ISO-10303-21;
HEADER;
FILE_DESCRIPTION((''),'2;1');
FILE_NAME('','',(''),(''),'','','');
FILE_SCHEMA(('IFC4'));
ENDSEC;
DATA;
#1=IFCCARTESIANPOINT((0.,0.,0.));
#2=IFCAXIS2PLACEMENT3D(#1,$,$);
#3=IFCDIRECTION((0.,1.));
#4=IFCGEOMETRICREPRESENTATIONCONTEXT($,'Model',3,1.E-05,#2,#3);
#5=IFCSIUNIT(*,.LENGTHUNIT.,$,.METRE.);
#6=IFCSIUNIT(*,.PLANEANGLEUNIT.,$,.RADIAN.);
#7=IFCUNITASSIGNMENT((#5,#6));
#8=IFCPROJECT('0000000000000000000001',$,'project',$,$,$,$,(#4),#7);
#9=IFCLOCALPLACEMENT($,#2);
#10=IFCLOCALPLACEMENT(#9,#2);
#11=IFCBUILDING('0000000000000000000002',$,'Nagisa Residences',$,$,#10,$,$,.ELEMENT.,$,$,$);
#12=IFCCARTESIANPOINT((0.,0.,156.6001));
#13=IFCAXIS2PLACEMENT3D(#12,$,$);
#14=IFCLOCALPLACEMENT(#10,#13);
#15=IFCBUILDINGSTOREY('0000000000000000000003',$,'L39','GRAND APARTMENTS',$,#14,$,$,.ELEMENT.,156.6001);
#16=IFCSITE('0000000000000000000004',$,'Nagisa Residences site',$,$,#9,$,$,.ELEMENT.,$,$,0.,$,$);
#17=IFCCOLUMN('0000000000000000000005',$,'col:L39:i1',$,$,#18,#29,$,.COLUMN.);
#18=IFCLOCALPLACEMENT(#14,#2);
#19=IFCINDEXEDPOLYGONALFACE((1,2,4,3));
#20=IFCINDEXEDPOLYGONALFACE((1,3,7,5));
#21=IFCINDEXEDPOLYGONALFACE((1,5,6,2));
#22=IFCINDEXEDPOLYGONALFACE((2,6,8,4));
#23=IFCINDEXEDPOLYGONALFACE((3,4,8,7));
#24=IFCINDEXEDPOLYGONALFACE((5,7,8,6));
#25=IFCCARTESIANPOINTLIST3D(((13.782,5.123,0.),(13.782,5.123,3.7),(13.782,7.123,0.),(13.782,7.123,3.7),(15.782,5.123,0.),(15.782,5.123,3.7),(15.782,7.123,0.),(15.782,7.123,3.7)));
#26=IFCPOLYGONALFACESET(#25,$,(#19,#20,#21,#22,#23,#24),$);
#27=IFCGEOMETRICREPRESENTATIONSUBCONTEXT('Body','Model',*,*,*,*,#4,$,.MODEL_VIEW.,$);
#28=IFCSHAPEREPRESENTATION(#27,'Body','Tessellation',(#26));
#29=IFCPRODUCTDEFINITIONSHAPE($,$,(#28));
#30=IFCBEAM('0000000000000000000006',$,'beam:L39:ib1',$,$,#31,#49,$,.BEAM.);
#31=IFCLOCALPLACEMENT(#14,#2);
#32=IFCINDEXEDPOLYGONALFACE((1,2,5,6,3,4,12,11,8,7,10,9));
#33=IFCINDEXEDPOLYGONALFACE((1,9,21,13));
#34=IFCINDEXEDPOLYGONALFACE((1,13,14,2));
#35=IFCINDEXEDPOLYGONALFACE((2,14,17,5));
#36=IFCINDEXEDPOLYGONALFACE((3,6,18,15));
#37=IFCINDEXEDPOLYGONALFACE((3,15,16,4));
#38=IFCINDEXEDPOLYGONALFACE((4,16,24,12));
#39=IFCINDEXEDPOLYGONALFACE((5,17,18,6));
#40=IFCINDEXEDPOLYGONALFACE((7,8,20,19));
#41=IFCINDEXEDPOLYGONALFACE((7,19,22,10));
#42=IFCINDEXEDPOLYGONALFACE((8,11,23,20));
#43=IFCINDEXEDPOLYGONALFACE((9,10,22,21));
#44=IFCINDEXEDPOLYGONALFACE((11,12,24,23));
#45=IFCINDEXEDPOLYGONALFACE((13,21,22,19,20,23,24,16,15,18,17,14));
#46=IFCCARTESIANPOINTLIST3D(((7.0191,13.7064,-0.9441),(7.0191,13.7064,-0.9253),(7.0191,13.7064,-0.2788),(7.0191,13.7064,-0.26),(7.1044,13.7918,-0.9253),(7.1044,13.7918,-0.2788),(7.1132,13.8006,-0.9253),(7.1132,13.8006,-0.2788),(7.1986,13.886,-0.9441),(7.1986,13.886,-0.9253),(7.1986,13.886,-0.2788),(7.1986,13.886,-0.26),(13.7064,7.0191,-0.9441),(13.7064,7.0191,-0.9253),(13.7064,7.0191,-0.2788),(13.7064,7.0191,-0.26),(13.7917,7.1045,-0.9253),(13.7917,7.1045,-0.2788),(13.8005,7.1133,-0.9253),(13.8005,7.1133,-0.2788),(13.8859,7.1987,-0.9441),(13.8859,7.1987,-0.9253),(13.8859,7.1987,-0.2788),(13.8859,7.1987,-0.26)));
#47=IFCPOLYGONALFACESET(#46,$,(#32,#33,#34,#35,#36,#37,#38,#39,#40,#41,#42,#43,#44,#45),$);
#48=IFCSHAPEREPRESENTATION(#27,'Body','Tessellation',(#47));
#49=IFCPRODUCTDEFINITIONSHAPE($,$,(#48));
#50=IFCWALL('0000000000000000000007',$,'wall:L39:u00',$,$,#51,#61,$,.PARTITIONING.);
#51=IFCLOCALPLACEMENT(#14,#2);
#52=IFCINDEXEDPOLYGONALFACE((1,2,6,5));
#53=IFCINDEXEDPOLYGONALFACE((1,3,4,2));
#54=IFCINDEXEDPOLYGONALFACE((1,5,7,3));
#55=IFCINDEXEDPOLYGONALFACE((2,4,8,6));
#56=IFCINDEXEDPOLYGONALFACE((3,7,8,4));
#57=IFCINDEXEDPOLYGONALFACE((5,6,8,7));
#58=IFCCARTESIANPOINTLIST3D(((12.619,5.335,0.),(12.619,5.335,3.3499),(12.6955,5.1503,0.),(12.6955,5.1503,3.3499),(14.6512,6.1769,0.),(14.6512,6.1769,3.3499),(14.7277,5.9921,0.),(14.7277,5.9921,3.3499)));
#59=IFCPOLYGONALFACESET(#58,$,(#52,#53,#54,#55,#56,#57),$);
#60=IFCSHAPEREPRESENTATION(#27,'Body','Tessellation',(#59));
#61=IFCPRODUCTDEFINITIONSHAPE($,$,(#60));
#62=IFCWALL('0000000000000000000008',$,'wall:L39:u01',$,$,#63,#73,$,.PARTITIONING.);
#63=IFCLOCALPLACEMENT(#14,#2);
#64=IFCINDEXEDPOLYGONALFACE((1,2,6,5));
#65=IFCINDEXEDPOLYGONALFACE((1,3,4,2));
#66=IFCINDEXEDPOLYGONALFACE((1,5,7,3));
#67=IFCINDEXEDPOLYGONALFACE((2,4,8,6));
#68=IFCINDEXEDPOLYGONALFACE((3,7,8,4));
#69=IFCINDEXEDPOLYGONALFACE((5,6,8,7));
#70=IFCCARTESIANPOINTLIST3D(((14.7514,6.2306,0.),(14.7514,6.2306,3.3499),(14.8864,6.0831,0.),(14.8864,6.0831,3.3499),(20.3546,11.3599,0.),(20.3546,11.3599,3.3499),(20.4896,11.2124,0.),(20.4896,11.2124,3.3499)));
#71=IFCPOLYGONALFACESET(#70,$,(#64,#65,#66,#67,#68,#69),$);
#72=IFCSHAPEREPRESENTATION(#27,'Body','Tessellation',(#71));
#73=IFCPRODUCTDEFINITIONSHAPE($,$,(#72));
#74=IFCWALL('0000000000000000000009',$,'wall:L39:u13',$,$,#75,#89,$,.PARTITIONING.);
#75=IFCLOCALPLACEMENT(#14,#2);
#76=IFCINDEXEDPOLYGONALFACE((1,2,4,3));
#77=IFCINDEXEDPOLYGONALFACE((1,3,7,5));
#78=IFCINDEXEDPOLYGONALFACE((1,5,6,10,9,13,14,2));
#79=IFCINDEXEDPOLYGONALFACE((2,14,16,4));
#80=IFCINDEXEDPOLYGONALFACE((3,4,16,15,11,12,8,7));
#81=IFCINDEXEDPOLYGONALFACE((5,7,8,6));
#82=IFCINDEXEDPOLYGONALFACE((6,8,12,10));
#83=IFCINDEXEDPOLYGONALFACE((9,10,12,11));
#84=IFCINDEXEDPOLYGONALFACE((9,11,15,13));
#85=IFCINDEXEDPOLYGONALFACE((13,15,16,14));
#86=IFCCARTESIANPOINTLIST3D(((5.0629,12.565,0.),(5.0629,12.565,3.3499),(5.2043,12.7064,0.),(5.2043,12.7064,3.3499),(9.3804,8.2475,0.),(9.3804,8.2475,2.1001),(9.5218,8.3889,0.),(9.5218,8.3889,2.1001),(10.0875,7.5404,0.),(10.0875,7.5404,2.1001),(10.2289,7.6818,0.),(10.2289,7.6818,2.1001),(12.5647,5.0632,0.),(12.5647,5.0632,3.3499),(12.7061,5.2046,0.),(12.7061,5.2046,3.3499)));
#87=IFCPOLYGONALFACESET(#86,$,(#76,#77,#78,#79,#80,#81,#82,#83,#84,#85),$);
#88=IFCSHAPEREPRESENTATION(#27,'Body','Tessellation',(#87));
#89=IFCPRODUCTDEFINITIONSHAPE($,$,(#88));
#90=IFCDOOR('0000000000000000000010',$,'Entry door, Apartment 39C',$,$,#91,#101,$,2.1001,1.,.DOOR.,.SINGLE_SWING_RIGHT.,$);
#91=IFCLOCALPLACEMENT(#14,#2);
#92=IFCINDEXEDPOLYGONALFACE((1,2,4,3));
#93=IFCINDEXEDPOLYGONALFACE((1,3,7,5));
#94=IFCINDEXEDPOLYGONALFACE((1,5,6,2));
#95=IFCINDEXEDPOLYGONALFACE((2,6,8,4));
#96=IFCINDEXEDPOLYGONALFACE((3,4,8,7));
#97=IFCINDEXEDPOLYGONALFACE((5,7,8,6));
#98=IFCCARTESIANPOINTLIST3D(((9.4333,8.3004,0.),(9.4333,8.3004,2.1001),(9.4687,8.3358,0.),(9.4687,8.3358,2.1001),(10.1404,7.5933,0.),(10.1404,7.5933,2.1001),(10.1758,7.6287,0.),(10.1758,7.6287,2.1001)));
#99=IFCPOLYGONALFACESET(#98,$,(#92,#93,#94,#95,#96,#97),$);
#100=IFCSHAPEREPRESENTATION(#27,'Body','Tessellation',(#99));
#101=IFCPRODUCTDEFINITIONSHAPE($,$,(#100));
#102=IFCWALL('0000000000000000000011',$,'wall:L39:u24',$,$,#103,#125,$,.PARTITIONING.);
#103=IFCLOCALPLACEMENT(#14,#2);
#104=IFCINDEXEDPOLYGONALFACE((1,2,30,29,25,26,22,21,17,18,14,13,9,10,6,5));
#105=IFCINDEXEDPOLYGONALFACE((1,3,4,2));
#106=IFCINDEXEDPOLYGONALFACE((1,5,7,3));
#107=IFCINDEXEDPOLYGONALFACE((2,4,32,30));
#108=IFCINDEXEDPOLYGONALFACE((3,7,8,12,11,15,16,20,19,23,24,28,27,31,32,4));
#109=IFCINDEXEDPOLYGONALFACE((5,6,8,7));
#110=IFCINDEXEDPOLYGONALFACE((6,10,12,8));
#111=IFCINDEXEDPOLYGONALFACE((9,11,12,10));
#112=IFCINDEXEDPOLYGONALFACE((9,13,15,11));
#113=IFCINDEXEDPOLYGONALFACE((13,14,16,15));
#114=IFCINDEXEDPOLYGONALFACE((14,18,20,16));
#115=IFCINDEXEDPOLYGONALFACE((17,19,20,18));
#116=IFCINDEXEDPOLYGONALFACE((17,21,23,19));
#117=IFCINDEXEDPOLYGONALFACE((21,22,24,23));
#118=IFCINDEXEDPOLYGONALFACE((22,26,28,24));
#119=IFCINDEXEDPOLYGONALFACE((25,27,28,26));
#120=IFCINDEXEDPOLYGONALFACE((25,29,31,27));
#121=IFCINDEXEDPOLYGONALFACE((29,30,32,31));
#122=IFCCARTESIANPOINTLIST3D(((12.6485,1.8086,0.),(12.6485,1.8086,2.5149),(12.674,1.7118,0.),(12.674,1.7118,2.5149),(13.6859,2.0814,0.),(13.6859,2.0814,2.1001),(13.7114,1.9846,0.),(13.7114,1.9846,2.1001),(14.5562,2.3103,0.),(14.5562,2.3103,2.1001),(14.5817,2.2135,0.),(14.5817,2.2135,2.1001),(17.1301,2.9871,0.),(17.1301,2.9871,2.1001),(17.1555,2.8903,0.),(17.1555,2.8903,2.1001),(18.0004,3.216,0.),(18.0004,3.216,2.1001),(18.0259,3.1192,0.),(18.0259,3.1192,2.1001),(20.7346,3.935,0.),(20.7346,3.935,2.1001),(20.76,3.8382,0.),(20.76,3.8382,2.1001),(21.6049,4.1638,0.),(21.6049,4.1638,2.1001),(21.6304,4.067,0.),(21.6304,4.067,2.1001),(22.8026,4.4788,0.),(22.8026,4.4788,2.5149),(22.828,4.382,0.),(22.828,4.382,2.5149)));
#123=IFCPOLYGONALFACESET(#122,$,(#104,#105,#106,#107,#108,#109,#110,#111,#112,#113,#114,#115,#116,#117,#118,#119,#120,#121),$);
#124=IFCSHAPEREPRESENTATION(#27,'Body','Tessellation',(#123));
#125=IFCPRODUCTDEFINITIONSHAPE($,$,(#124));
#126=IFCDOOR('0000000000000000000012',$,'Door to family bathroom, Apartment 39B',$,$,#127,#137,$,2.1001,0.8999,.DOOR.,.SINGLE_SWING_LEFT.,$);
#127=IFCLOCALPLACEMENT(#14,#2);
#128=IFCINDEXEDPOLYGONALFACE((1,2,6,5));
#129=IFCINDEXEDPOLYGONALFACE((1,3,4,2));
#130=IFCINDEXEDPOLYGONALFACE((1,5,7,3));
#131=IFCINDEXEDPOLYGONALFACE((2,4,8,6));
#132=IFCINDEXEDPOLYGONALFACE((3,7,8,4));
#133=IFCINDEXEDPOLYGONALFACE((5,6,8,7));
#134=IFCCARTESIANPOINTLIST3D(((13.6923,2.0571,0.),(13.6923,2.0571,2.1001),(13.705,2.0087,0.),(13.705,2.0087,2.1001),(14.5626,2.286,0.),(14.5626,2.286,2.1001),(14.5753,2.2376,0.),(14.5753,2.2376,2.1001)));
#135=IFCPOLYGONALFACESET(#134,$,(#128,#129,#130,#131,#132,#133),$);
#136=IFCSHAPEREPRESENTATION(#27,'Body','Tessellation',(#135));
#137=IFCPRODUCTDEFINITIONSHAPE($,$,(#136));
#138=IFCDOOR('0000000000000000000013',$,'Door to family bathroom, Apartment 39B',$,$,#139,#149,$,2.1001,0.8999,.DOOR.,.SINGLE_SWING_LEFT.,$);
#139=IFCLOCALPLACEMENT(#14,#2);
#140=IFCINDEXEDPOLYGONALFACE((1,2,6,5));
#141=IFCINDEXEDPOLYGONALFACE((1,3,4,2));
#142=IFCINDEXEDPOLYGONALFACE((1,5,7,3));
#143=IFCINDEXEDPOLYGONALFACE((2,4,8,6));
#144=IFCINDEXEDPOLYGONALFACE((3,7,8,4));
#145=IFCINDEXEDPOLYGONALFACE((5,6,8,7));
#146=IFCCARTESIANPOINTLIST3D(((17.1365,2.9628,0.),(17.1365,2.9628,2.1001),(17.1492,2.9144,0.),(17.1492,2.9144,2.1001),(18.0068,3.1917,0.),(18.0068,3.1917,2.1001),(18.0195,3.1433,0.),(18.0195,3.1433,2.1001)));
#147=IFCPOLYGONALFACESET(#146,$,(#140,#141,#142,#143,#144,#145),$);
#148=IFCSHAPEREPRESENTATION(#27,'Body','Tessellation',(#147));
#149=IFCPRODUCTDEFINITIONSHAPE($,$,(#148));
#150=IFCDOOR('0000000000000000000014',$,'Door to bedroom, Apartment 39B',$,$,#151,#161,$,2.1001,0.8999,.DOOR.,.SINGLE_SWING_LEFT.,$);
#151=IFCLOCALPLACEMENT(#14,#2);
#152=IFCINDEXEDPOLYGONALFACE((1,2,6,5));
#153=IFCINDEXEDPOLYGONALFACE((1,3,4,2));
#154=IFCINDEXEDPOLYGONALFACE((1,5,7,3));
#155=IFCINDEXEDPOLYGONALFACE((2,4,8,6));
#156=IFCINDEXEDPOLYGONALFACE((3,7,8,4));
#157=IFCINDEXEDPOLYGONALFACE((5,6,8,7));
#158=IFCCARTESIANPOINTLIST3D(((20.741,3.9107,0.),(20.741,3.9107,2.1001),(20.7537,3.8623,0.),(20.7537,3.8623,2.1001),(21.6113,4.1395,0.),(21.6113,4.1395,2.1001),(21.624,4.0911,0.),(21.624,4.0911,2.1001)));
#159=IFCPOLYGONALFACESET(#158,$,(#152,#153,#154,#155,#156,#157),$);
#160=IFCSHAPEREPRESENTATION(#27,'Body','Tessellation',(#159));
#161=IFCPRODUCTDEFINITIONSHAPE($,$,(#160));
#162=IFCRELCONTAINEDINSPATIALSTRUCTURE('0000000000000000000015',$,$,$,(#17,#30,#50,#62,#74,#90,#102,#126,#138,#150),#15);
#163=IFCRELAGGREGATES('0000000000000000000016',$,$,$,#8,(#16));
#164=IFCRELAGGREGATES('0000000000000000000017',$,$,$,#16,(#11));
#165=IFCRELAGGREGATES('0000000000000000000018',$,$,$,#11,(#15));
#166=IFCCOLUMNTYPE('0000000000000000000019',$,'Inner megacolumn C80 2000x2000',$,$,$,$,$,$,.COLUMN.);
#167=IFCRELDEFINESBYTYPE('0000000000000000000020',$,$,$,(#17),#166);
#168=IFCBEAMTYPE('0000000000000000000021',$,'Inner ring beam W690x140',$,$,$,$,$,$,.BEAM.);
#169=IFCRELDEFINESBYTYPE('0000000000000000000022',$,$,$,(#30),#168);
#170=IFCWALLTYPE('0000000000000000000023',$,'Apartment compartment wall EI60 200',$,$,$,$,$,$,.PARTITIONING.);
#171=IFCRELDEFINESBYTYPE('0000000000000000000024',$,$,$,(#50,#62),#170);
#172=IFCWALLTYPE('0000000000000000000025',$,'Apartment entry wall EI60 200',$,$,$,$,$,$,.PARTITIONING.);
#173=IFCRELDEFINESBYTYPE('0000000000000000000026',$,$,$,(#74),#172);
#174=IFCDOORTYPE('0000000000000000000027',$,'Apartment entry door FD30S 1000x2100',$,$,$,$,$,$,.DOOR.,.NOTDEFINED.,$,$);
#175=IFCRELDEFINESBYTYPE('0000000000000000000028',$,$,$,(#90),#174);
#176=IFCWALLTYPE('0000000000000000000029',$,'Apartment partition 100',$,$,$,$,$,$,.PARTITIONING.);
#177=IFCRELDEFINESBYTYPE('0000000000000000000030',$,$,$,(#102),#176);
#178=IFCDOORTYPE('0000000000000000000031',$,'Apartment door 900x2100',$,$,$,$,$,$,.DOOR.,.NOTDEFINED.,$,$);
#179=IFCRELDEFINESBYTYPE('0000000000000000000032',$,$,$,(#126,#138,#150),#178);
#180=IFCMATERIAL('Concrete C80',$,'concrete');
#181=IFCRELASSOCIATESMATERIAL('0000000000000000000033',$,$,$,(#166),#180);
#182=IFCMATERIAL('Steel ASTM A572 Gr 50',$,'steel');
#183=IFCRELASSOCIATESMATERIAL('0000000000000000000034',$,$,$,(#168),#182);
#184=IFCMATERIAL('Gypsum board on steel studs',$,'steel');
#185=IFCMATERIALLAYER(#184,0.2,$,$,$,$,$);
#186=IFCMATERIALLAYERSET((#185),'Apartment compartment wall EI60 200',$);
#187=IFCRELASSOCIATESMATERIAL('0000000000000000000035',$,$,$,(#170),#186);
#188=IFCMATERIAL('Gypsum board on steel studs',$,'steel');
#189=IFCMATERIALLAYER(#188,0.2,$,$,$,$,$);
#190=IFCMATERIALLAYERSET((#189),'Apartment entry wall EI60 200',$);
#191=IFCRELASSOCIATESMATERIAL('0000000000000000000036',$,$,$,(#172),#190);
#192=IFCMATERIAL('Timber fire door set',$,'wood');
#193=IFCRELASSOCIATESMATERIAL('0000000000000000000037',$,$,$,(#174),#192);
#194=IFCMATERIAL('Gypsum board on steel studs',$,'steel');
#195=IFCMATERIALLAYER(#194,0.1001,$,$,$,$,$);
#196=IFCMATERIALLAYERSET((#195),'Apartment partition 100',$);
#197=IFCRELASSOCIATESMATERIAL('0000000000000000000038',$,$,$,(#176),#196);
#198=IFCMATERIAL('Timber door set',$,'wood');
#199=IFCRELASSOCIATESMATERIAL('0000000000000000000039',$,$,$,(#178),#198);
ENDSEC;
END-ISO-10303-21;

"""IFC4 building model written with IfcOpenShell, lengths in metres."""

from ifc_helpers import new_model, si_unit, direction, frame, frame_2d, origin, origin_2d, place, context, subcontext, project, spatial, rectangle, i_section, extrude, material, layer, layer_set, material_profile, profile_set, type_object, element, fill, save


model = new_model("IFC4")

# Units and contexts
model_context = context("Model", 3, precision=1e-05, world=origin(), true_north=direction((0.0, 1.0)))
body_context = subcontext(model_context, "Body", "Model", "MODEL_VIEW")
ifc_project = project(units=[si_unit("LENGTHUNIT", "METRE"), si_unit("PLANEANGLEUNIT", "RADIAN")], contexts=[model_context])

# Site, building, storey
site_placement = place(None, origin())
site = spatial("IfcSite", under=ifc_project, at=site_placement, Name="Nagisa Residences site", CompositionType="ELEMENT", RefElevation=0.0)
building_placement = place(site_placement, origin())
building = spatial("IfcBuilding", under=site, at=building_placement, Name="Nagisa Residences", CompositionType="ELEMENT")
storey_placement = place(building_placement, frame((0.0, 0.0, 156.6001)))
storey = spatial("IfcBuildingStorey", under=building, at=storey_placement, Name="L39", Description="GRAND APARTMENTS", CompositionType="ELEMENT", Elevation=156.6001)

# Column
ifc_material_1 = material(Name="Concrete C80", Category="concrete")
ifc_material_profile_1 = material_profile(ifc_material_1, rectangle(XDim=2.0, YDim=2.0, at=origin_2d()), Name="C80 2000x2000")
ifc_profile_set_1 = profile_set([ifc_material_profile_1], Name="Concrete C80")
column_type = type_object("IfcColumnType", Name="Inner megacolumn C80 2000x2000", PredefinedType="COLUMN", material=ifc_profile_set_1)
column_placement = place(storey_placement, frame((14.782, 6.123, 0.0), z_axis=(0.0, 0.0, 1.0), x_axis=(1.0, 0.0, 0.0)))
element("IfcColumn", 1, at=column_placement, inside=storey, type_object=column_type, Name="col:L39:i1", PredefinedType="COLUMN", context=body_context, shape_type="SweptSolid", body=[
    extrude(rectangle(XDim=2.0, YDim=2.0, at=origin_2d()), origin(), (0.0, 0.0, 1.0), 3.7),
])

# Beam
ifc_material_2 = material(Name="Steel ASTM A572 Gr 50", Category="steel")
ifc_material_profile_2 = material_profile(ifc_material_2, i_section(OverallWidth=0.2539, OverallDepth=0.6841, WebThickness=0.0125, FlangeThickness=0.0188, at=origin_2d()), Name="W690x140")
ifc_profile_set_2 = profile_set([ifc_material_profile_2], Name="Steel ASTM A572 Gr 50")
beam_type = type_object("IfcBeamType", Name="Inner ring beam W690x140", PredefinedType="BEAM", material=ifc_profile_set_2)
beam_placement = place(storey_placement, frame((13.7961, 7.1089, -0.6021), z_axis=(-0.707107, 0.707107, 0.0), x_axis=(-0.707107, -0.707107, 0.0)))
element("IfcBeam", 2, at=beam_placement, inside=storey, type_object=beam_type, Name="beam:L39:ib1", PredefinedType="BEAM", context=body_context, shape_type="SweptSolid", body=[
    extrude(i_section(OverallWidth=0.2539, OverallDepth=0.6841, WebThickness=0.0125, FlangeThickness=0.0188, at=origin_2d()), origin(), (0.0, 0.0, 1.0), 9.4573),
])

# Walls
ifc_material_3 = material(Name="Gypsum board on steel studs", Category="steel")
ifc_layer_1 = layer(ifc_material_3, 0.2)
ifc_layer_set_1 = layer_set([ifc_layer_1], Name="Apartment compartment wall EI60 200")
wall_type_1 = type_object("IfcWallType", Name="Apartment compartment wall EI60 200", PredefinedType="PARTITIONING", material=ifc_layer_set_1)
wall_1_placement = place(storey_placement, frame((12.6572, 5.2427, 0.0), z_axis=(0.0, 0.0, 1.0), x_axis=(0.923876, 0.382692, 0.0)))
element("IfcWall", 3, at=wall_1_placement, inside=storey, type_object=wall_type_1, Name="wall:L39:u00", PredefinedType="PARTITIONING", context=body_context, shape_type="SweptSolid", body=[
    extrude(rectangle(XDim=2.1997, YDim=0.2, at=frame_2d((1.0999, 0.0))), origin(), (0.0, 0.0, 1.0), 3.3499),
])
wall_2_placement = place(storey_placement, frame((14.8188, 6.1567, 0.0), z_axis=(0.0, 0.0, 1.0), x_axis=(0.737609, 0.675228, 0.0)))
element("IfcWall", 4, at=wall_2_placement, inside=storey, type_object=wall_type_1, Name="wall:L39:u01", PredefinedType="PARTITIONING", context=body_context, shape_type="SweptSolid", body=[
    extrude(rectangle(XDim=7.5964, YDim=0.2, at=frame_2d((3.7983, 0.0))), origin(), (0.0, 0.0, 1.0), 3.3499),
])

# Wall, opening, door
ifc_material_4 = material(Name="Gypsum board on steel studs", Category="steel")
ifc_layer_2 = layer(ifc_material_4, 0.2)
ifc_layer_set_2 = layer_set([ifc_layer_2], Name="Apartment entry wall EI60 200")
wall_type_2 = type_object("IfcWallType", Name="Apartment entry wall EI60 200", PredefinedType="PARTITIONING", material=ifc_layer_set_2)
wall_3_placement = place(storey_placement, frame((12.6355, 5.1338, 0.0), z_axis=(0.0, 0.0, 1.0), x_axis=(-0.707107, 0.707107, 0.0)))
wall_3 = element("IfcWall", 5, at=wall_3_placement, inside=storey, type_object=wall_type_2, Name="wall:L39:u13", PredefinedType="PARTITIONING", context=body_context, shape_type="SweptSolid", body=[
    extrude(rectangle(XDim=10.6091, YDim=0.2, at=frame_2d((5.3047, 0.0))), origin(), (0.0, 0.0, 1.0), 3.3499),
])
opening_1_placement = place(wall_3_placement, frame((3.5034, 0.0, 0.0)))
opening_1 = element("IfcOpeningElement", 6, at=opening_1_placement, cuts=wall_3, PredefinedType="OPENING", context=body_context, shape_type="SweptSolid", body=[
    extrude(rectangle(XDim=1.0, YDim=2.1001, at=frame_2d((0.5, 1.05))), frame((0.0, 0.1099, 0.0), z_axis=(0.0, -1.0, 0.0), x_axis=(1.0, 0.0, 0.0)), (0.0, 0.0, 1.0), 0.22),
])
ifc_material_5 = material(Name="Timber fire door set", Category="wood")
door_type_1 = type_object("IfcDoorType", Name="Apartment entry door FD30S 1000x2100", OperationType="NOTDEFINED", PredefinedType="DOOR", material=ifc_material_5)
door_1_placement = place(opening_1_placement, frame((1.0, 0.0, 0.0), x_axis=(-1.0, 0.0, 0.0)))
door_1 = element("IfcDoor", 7, at=door_1_placement, inside=storey, type_object=door_type_1, Name="Entry door, Apartment 39C", OperationType="SINGLE_SWING_RIGHT", OverallHeight=2.1001, OverallWidth=1.0, PredefinedType="DOOR", context=body_context, shape_type="SweptSolid", body=[
    extrude(rectangle(XDim=1.0, YDim=2.1001, at=frame_2d((0.5, 1.05))), frame((0.0, 0.0249, 0.0), z_axis=(0.0, -1.0, 0.0), x_axis=(1.0, 0.0, 0.0)), (0.0, 0.0, 1.0), 0.05),
])
fill(opening_1, door_1)

# Wall, openings, doors
ifc_material_6 = material(Name="Gypsum board on steel studs", Category="steel")
ifc_layer_3 = layer(ifc_material_6, 0.1001)
ifc_layer_set_3 = layer_set([ifc_layer_3], Name="Apartment partition 100")
wall_type_3 = type_object("IfcWallType", Name="Apartment partition 100", PredefinedType="PARTITIONING", material=ifc_layer_set_3)
wall_4_placement = place(storey_placement, frame((12.6614, 1.7603, 0.0), z_axis=(0.0, 0.0, 1.0), x_axis=(0.96712, 0.254319, 0.0)))
wall_4 = element("IfcWall", 8, at=wall_4_placement, inside=storey, type_object=wall_type_3, Name="wall:L39:u24", PredefinedType="PARTITIONING", context=body_context, shape_type="SweptSolid", body=[
    extrude(rectangle(XDim=10.4993, YDim=0.1001, at=frame_2d((5.2495, 0.0))), origin(), (0.0, 0.0, 1.0), 2.5149),
])
opening_2_placement = place(wall_4_placement, frame((1.0725, 0.0, 0.0)))
opening_2 = element("IfcOpeningElement", 9, at=opening_2_placement, cuts=wall_4, PredefinedType="OPENING", context=body_context, shape_type="SweptSolid", body=[
    extrude(rectangle(XDim=0.8999, YDim=2.1001, at=frame_2d((0.45, 1.05))), frame((0.0, 0.0601, 0.0), z_axis=(0.0, -1.0, 0.0), x_axis=(1.0, 0.0, 0.0)), (0.0, 0.0, 1.0), 0.1201),
])
opening_3_placement = place(wall_4_placement, frame((4.6338, 0.0, 0.0)))
opening_3 = element("IfcOpeningElement", 10, at=opening_3_placement, cuts=wall_4, PredefinedType="OPENING", context=body_context, shape_type="SweptSolid", body=[
    extrude(rectangle(XDim=0.8999, YDim=2.1001, at=frame_2d((0.45, 1.05))), frame((0.0, 0.0601, 0.0), z_axis=(0.0, -1.0, 0.0), x_axis=(1.0, 0.0, 0.0)), (0.0, 0.0, 1.0), 0.1201),
])
opening_4_placement = place(wall_4_placement, frame((8.3608, 0.0, 0.0)))
opening_4 = element("IfcOpeningElement", 11, at=opening_4_placement, cuts=wall_4, PredefinedType="OPENING", context=body_context, shape_type="SweptSolid", body=[
    extrude(rectangle(XDim=0.8999, YDim=2.1001, at=frame_2d((0.45, 1.05))), frame((0.0, 0.0601, 0.0), z_axis=(0.0, -1.0, 0.0), x_axis=(1.0, 0.0, 0.0)), (0.0, 0.0, 1.0), 0.1201),
])
ifc_material_7 = material(Name="Timber door set", Category="wood")
door_type_2 = type_object("IfcDoorType", Name="Apartment door 900x2100", OperationType="NOTDEFINED", PredefinedType="DOOR", material=ifc_material_7)
door_2_placement = place(opening_2_placement, origin())
door_2 = element("IfcDoor", 12, at=door_2_placement, inside=storey, type_object=door_type_2, Name="Door to family bathroom, Apartment 39B", OperationType="SINGLE_SWING_LEFT", OverallHeight=2.1001, OverallWidth=0.8999, PredefinedType="DOOR", context=body_context, shape_type="SweptSolid", body=[
    extrude(rectangle(XDim=0.8999, YDim=2.1001, at=frame_2d((0.45, 1.05))), frame((0.0, 0.0249, 0.0), z_axis=(0.0, -1.0, 0.0), x_axis=(1.0, 0.0, 0.0)), (0.0, 0.0, 1.0), 0.05),
])
fill(opening_2, door_2)
door_3_placement = place(opening_3_placement, origin())
door_3 = element("IfcDoor", 13, at=door_3_placement, inside=storey, type_object=door_type_2, Name="Door to family bathroom, Apartment 39B", OperationType="SINGLE_SWING_LEFT", OverallHeight=2.1001, OverallWidth=0.8999, PredefinedType="DOOR", context=body_context, shape_type="SweptSolid", body=[
    extrude(rectangle(XDim=0.8999, YDim=2.1001, at=frame_2d((0.45, 1.05))), frame((0.0, 0.0249, 0.0), z_axis=(0.0, -1.0, 0.0), x_axis=(1.0, 0.0, 0.0)), (0.0, 0.0, 1.0), 0.05),
])
fill(opening_3, door_3)
door_4_placement = place(opening_4_placement, origin())
door_4 = element("IfcDoor", 14, at=door_4_placement, inside=storey, type_object=door_type_2, Name="Door to bedroom, Apartment 39B", OperationType="SINGLE_SWING_LEFT", OverallHeight=2.1001, OverallWidth=0.8999, PredefinedType="DOOR", context=body_context, shape_type="SweptSolid", body=[
    extrude(rectangle(XDim=0.8999, YDim=2.1001, at=frame_2d((0.45, 1.05))), frame((0.0, 0.0249, 0.0), z_axis=(0.0, -1.0, 0.0), x_axis=(1.0, 0.0, 0.0)), (0.0, 0.0, 1.0), 0.05),
])
fill(opening_4, door_4)

save(model, "model.ifc")
